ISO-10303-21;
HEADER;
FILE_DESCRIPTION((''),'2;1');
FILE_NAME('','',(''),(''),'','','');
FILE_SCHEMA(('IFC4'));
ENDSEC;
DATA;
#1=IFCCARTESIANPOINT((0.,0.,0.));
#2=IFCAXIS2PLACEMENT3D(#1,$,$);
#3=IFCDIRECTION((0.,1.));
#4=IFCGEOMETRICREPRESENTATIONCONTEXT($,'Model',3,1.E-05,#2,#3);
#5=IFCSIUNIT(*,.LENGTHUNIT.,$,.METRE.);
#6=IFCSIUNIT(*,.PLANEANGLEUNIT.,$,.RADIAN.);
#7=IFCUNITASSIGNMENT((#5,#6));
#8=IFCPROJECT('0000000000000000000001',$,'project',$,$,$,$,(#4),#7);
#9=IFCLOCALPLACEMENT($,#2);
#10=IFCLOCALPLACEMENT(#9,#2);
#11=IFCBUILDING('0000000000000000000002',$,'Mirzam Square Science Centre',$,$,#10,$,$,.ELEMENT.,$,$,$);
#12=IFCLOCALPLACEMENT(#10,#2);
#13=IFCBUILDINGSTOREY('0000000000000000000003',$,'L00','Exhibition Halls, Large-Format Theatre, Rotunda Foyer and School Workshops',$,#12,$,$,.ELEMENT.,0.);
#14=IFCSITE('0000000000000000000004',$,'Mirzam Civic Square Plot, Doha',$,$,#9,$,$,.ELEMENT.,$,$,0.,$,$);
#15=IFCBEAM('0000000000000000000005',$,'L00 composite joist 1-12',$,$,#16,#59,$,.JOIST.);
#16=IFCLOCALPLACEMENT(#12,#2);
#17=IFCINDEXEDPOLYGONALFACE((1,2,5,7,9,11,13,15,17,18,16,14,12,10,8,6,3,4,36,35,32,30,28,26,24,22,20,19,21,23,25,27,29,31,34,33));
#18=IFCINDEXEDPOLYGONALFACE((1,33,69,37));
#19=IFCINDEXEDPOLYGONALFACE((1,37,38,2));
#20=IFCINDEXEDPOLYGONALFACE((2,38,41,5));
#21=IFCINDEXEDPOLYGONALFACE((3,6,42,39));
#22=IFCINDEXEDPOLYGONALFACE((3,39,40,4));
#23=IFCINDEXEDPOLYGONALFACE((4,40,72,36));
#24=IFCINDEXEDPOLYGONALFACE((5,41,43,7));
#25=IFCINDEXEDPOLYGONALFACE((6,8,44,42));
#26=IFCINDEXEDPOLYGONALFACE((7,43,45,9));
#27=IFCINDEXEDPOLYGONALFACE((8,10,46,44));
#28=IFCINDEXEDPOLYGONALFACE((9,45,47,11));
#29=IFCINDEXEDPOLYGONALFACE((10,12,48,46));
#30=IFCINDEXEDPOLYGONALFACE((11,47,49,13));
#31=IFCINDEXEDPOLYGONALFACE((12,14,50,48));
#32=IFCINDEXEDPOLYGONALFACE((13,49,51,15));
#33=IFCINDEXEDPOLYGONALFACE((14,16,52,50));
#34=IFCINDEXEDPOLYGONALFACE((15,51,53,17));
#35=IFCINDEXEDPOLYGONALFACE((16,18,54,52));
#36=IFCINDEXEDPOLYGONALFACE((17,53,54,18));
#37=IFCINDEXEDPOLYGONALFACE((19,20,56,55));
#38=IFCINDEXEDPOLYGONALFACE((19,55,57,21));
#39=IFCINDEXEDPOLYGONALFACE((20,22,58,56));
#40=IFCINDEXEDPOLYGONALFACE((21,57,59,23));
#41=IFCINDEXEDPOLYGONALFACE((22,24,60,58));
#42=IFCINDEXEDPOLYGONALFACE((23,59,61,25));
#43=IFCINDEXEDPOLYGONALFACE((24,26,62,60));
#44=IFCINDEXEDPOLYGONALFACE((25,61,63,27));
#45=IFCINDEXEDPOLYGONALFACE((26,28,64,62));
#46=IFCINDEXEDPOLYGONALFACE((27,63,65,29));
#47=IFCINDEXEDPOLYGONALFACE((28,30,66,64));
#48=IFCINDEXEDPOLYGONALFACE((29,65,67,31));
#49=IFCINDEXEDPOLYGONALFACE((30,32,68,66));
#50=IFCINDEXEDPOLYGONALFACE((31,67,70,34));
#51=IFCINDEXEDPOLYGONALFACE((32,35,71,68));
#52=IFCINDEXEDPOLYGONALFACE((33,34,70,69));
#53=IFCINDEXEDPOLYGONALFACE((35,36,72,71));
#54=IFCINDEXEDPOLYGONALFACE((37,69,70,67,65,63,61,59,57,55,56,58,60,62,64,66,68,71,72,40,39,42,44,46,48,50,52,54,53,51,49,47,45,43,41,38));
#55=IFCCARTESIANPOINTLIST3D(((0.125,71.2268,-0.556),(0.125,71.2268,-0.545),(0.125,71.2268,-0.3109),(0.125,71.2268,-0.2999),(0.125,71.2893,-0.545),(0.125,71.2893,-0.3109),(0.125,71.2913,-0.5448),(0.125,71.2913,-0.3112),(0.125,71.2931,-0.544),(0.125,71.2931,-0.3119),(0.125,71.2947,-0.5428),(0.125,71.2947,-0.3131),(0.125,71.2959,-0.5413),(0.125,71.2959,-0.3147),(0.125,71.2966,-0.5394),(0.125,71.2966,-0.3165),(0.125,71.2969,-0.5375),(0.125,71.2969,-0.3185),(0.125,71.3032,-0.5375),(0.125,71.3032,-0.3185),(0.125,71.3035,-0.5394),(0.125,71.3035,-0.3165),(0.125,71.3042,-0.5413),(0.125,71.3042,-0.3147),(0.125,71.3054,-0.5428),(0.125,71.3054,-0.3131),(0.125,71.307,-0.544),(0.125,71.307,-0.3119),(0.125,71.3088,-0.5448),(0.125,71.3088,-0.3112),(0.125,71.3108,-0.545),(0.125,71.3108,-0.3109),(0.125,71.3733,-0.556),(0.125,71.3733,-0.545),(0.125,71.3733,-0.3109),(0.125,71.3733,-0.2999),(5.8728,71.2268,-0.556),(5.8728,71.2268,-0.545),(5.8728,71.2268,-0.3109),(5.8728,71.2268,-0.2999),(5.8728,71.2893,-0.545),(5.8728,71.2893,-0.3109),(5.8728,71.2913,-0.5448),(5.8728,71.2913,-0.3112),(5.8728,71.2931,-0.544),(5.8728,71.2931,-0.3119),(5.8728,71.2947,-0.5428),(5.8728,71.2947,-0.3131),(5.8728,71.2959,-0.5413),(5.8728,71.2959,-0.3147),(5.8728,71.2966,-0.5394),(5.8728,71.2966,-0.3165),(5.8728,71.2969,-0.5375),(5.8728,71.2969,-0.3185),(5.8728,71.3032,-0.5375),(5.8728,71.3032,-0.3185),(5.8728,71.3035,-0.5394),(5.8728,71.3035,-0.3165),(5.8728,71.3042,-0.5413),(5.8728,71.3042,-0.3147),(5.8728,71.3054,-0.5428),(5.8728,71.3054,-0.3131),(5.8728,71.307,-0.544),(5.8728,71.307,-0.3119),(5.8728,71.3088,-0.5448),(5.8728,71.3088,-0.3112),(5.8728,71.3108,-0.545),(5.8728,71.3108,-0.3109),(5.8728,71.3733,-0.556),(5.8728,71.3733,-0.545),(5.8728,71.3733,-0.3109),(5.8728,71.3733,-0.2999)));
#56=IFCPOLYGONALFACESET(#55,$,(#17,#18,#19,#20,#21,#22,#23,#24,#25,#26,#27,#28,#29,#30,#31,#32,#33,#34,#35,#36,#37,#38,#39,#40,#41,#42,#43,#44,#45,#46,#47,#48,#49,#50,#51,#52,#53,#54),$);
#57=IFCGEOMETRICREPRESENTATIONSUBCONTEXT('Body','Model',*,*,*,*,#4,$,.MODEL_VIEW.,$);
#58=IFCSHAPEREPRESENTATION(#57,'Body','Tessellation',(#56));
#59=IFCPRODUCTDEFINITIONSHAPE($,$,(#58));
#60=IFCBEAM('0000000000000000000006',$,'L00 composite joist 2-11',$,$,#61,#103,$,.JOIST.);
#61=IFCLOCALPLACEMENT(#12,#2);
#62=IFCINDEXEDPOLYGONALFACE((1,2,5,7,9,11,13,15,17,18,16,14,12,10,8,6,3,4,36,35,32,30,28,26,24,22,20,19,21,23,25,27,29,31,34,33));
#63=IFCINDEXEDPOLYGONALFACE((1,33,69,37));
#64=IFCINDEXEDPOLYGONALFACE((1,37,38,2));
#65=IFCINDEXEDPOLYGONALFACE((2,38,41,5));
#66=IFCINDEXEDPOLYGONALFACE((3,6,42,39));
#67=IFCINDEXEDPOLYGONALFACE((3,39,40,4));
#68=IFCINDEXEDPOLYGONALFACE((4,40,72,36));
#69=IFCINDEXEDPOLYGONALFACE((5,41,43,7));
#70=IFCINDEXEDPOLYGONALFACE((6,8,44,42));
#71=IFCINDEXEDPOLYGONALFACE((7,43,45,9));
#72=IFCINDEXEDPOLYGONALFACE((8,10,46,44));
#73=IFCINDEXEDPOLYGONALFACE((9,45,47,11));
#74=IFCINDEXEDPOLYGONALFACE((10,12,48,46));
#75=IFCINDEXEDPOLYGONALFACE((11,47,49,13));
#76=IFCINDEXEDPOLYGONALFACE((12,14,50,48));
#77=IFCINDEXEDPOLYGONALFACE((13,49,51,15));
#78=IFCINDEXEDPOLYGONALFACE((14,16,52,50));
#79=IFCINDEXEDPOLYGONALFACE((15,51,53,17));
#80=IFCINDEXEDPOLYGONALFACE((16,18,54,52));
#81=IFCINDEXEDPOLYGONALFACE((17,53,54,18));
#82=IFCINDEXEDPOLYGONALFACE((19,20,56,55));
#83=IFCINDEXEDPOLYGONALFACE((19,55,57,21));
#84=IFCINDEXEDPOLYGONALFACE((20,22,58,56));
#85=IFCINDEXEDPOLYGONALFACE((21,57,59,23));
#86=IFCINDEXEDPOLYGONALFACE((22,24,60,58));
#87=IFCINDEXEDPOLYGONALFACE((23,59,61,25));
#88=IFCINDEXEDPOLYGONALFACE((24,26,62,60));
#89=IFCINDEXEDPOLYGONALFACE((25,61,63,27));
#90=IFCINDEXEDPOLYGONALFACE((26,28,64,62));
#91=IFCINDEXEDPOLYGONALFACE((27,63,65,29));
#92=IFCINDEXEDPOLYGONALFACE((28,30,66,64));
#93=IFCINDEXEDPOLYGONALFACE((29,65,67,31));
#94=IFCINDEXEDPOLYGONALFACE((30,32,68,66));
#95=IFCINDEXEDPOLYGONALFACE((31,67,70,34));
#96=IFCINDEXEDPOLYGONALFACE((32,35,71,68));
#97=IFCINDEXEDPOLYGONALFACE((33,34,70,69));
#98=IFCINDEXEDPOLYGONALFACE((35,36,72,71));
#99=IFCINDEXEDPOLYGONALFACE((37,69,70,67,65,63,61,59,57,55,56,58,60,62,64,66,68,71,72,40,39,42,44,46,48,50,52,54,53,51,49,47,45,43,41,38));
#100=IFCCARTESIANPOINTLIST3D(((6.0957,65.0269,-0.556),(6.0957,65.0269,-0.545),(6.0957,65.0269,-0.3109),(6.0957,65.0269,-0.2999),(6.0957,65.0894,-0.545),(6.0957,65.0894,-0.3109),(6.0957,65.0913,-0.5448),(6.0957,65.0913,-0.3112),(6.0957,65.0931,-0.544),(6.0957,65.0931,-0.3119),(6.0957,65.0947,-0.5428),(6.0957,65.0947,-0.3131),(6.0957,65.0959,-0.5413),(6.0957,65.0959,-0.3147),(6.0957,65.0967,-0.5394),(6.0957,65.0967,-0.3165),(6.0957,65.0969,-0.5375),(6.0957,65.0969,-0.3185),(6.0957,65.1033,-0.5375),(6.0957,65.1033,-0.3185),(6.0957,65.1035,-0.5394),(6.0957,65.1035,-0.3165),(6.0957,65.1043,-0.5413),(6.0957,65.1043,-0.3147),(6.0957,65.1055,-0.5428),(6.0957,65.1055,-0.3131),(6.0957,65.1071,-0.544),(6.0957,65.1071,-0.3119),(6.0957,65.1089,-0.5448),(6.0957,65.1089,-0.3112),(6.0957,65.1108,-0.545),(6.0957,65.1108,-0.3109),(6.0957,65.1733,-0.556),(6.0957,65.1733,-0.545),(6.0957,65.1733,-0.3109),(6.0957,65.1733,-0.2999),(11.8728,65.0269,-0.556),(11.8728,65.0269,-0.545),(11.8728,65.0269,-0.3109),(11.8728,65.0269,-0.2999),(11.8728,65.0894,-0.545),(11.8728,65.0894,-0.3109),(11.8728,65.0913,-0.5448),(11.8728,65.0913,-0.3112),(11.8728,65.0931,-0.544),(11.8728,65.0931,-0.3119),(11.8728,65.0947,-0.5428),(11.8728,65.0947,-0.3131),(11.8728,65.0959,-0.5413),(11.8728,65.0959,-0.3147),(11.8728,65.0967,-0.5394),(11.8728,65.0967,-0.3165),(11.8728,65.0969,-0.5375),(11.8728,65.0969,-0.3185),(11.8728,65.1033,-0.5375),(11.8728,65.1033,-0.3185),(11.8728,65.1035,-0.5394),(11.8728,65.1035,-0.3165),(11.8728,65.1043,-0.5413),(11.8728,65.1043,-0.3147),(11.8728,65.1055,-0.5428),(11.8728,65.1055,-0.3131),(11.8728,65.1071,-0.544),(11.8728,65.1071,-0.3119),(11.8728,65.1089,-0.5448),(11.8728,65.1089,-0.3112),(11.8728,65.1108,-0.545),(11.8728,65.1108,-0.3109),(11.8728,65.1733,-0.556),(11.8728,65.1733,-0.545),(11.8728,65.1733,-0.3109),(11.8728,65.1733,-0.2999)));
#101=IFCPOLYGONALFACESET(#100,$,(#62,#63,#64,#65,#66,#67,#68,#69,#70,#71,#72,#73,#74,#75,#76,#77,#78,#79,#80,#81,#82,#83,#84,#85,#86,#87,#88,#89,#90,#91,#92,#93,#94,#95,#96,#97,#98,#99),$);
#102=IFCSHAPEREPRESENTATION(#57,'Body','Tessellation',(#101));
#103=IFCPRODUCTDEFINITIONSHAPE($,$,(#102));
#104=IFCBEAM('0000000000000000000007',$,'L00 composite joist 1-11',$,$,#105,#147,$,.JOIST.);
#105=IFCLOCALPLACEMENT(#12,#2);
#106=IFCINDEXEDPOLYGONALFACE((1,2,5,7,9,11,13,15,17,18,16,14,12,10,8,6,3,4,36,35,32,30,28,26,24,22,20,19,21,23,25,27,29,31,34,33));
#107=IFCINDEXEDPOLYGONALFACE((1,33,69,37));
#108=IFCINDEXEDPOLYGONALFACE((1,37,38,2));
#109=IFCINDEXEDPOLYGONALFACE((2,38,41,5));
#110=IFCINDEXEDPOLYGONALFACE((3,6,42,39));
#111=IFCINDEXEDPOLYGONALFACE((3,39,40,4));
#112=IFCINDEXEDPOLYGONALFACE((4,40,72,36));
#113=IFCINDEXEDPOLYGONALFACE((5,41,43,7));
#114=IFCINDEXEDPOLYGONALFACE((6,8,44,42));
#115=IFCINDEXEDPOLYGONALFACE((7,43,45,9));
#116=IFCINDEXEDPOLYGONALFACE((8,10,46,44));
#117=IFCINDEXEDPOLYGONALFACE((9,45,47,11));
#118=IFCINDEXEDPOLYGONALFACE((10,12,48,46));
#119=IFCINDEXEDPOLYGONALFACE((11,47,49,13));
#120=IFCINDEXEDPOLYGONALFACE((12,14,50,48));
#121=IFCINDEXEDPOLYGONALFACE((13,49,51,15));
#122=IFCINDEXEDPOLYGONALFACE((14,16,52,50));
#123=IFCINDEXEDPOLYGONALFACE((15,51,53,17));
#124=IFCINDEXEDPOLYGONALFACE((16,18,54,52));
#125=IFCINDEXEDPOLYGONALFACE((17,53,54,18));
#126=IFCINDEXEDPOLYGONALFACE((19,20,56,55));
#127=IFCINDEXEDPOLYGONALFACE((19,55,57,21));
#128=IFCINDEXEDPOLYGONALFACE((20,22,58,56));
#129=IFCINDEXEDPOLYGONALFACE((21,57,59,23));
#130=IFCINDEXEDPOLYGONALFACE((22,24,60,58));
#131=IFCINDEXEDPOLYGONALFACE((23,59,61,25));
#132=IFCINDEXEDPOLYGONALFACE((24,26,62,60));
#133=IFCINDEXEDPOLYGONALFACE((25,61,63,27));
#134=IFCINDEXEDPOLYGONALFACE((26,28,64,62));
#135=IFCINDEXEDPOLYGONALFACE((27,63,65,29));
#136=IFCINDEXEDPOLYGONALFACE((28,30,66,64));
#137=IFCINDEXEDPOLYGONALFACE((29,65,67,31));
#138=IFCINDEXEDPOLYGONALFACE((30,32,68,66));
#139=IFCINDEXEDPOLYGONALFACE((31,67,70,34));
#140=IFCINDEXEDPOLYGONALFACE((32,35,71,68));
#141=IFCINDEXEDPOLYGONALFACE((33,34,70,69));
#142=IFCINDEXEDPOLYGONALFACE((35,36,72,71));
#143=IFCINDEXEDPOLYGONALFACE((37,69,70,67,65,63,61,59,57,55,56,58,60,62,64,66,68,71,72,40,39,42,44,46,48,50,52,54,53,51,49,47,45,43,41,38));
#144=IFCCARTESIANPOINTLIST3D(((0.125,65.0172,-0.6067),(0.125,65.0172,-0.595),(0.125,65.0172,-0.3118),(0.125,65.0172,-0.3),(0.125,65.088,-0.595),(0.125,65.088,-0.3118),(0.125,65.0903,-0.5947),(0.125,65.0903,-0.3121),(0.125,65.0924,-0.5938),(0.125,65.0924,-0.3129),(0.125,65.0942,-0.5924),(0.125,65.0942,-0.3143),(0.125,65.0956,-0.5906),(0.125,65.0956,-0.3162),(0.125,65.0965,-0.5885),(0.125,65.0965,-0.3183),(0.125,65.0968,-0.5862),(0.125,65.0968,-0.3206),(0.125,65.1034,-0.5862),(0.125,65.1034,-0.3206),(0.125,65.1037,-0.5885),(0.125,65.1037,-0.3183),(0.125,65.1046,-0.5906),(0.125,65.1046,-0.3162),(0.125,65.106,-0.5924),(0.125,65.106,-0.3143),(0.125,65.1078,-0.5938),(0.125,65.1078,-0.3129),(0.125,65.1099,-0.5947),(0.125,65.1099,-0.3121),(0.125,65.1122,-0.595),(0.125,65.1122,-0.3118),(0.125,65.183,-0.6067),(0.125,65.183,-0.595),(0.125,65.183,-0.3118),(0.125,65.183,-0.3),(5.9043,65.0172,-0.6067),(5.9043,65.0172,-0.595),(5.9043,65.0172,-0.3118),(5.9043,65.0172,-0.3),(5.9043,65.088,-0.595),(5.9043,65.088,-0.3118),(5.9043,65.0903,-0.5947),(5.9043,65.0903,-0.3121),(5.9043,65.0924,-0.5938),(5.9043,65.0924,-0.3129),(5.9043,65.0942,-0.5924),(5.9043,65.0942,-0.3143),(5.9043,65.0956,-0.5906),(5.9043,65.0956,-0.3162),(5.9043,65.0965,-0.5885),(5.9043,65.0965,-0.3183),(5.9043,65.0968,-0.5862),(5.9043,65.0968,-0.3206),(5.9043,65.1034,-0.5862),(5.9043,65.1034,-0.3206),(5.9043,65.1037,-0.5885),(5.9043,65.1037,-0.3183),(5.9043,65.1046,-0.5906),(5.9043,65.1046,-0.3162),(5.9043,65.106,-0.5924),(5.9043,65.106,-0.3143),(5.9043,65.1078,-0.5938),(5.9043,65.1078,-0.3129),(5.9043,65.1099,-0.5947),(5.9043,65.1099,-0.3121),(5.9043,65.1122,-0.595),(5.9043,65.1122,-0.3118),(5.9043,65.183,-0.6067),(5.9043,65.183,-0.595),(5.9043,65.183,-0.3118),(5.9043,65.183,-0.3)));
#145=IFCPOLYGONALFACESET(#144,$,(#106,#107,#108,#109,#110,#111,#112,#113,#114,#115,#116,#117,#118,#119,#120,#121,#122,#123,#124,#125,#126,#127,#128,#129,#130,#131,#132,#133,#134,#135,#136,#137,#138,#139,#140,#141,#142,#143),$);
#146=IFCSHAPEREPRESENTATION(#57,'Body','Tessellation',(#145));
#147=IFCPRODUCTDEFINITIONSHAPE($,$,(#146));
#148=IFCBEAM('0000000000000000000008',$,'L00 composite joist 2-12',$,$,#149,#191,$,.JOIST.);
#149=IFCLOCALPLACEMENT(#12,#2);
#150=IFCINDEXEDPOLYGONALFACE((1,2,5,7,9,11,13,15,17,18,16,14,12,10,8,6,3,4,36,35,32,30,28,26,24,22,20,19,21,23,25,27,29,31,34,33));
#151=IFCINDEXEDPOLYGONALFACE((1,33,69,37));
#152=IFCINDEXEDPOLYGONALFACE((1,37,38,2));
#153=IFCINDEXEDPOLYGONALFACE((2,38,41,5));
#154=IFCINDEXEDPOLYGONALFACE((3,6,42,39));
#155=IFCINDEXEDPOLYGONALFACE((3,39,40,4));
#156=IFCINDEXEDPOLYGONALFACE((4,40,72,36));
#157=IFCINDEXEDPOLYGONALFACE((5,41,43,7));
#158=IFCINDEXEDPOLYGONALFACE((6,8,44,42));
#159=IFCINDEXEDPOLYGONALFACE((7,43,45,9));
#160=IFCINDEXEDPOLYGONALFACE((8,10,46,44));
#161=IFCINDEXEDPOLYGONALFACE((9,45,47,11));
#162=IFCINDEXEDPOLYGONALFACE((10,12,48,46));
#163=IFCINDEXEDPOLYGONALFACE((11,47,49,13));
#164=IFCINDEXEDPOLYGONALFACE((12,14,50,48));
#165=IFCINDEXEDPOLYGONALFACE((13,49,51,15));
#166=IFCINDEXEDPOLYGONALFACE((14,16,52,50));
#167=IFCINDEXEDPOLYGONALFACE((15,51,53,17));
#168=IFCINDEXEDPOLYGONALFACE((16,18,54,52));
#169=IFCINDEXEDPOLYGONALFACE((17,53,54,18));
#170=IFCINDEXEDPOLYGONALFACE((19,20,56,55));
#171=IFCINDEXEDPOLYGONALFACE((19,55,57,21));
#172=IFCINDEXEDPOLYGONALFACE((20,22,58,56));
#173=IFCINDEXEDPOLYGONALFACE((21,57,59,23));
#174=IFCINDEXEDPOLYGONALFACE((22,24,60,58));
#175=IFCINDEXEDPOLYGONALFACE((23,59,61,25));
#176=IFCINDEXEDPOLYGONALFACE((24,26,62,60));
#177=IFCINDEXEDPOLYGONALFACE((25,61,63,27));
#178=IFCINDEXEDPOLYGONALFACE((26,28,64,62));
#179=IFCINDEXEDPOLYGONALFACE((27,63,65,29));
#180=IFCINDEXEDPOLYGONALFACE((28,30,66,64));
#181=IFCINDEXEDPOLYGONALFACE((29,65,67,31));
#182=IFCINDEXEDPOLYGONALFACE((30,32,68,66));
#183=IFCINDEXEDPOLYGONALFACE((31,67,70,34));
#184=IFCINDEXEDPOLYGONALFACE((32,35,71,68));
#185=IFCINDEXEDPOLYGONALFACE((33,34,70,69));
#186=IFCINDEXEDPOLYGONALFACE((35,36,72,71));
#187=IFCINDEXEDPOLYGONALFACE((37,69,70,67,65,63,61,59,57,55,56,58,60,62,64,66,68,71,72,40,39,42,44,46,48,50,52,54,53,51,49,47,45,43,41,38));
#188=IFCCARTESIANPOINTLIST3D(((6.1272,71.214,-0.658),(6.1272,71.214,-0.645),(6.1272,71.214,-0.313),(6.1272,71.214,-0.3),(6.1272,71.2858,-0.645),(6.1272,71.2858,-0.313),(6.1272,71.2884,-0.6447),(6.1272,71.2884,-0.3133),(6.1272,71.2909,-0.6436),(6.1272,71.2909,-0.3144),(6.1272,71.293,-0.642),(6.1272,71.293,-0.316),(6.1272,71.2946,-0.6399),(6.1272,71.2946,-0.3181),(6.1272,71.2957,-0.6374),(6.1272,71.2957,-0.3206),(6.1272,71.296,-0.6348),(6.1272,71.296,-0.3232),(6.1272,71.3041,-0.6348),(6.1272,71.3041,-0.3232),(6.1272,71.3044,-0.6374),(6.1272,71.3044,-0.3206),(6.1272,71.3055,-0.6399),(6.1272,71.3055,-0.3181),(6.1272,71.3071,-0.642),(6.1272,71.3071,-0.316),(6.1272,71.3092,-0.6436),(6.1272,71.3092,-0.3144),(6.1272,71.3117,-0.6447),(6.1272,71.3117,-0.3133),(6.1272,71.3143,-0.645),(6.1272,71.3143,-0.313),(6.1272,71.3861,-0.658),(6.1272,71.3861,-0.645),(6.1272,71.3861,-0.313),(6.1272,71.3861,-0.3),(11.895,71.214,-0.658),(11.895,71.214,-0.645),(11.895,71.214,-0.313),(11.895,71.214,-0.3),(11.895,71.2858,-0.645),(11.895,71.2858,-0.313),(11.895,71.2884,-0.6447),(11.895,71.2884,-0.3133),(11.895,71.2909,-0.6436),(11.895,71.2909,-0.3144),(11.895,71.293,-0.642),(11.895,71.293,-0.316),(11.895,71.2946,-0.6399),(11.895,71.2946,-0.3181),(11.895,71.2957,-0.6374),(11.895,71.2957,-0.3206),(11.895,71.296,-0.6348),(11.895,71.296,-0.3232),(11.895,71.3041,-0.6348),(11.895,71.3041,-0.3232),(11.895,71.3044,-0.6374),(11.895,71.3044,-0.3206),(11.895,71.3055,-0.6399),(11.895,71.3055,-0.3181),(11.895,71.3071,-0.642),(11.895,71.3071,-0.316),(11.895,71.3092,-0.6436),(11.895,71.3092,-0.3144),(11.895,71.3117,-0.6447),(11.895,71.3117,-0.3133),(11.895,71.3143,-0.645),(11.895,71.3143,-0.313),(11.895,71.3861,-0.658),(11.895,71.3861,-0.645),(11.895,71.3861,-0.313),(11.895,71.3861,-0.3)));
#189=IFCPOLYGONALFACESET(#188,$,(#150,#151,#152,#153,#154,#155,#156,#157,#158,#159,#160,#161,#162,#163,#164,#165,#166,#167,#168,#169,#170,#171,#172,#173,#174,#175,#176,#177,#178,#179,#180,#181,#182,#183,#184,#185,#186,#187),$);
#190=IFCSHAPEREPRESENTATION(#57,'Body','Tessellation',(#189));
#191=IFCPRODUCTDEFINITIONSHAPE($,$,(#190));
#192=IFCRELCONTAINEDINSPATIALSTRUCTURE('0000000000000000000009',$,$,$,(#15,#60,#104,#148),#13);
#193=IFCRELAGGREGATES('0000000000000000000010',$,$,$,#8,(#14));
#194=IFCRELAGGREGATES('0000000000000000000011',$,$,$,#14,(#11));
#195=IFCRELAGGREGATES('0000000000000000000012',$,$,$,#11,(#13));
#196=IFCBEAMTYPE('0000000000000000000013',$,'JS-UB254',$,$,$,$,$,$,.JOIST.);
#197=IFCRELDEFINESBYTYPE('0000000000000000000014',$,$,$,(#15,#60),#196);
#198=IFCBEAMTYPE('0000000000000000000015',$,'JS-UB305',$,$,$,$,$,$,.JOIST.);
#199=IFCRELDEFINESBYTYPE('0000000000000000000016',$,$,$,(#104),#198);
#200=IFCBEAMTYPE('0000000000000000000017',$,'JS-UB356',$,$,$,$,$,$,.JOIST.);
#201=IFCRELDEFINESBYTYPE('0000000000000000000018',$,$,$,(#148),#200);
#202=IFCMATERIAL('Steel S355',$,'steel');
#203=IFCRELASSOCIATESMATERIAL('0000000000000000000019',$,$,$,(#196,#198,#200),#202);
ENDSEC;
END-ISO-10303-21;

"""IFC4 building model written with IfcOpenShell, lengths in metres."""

from ifc_helpers import new_model, si_unit, direction, frame, origin, origin_2d, place, context, subcontext, project, spatial, i_section, extrude, material, material_profile, profile_set, type_object, element, save


model = new_model("IFC4")

# Units and contexts
model_context = context("Model", 3, precision=1e-05, world=origin(), true_north=direction((0.0, 1.0)))
body_context = subcontext(model_context, "Body", "Model", "MODEL_VIEW")
ifc_project = project(units=[si_unit("LENGTHUNIT", "METRE"), si_unit("PLANEANGLEUNIT", "RADIAN")], contexts=[model_context])

# Site, building, storey
site_placement = place(None, origin())
site = spatial("IfcSite", under=ifc_project, at=site_placement, Name="Mirzam Civic Square Plot, Doha", CompositionType="ELEMENT", RefElevation=0.0)
building_placement = place(site_placement, origin())
building = spatial("IfcBuilding", under=site, at=building_placement, Name="Mirzam Square Science Centre", CompositionType="ELEMENT")
storey_placement = place(building_placement, origin())
storey = spatial("IfcBuildingStorey", under=building, at=storey_placement, Name="L00", Description="Exhibition Halls, Large-Format Theatre, Rotunda Foyer and School Workshops", CompositionType="ELEMENT", Elevation=0.0)

# Shared definitions
ifc_material_1 = material(Name="Steel S355", Category="steel")

# Beams
ifc_material_profile_1 = material_profile(ifc_material_1, i_section(OverallWidth=0.1465, OverallDepth=0.2561, WebThickness=0.0063, FlangeThickness=0.011, FilletRadius=0.0076, at=origin_2d()), Name="254x146x37UB")
ifc_profile_set_1 = profile_set([ifc_material_profile_1], Name="Steel S355")
beam_type_1 = type_object("IfcBeamType", Name="JS-UB254", PredefinedType="JOIST", material=ifc_profile_set_1)
beam_1_placement = place(storey_placement, frame((0.125, 71.3, -0.428), z_axis=(1.0, 0.0, 0.0), x_axis=(0.0, 1.0, 0.0)))
element("IfcBeam", 1, at=beam_1_placement, inside=storey, type_object=beam_type_1, Name="L00 composite joist 1-12", PredefinedType="JOIST", context=body_context, shape_type="SweptSolid", body=[
    extrude(i_section(OverallWidth=0.1465, OverallDepth=0.2561, WebThickness=0.0063, FlangeThickness=0.011, FilletRadius=0.0076, at=origin_2d()), origin(), (0.0, 0.0, 1.0), 5.7478),
])
beam_2_placement = place(storey_placement, frame((6.0957, 65.1001, -0.428), z_axis=(1.0, 0.0, 0.0), x_axis=(0.0, 1.0, 0.0)))
element("IfcBeam", 2, at=beam_2_placement, inside=storey, type_object=beam_type_1, Name="L00 composite joist 2-11", PredefinedType="JOIST", context=body_context, shape_type="SweptSolid", body=[
    extrude(i_section(OverallWidth=0.1465, OverallDepth=0.2561, WebThickness=0.0063, FlangeThickness=0.011, FilletRadius=0.0076, at=origin_2d()), origin(), (0.0, 0.0, 1.0), 5.7771),
])
ifc_material_profile_2 = material_profile(ifc_material_1, i_section(OverallWidth=0.1658, OverallDepth=0.3066, WebThickness=0.0066, FlangeThickness=0.0117, FilletRadius=0.0088, at=origin_2d()), Name="305x165x46UB")
ifc_profile_set_2 = profile_set([ifc_material_profile_2], Name="Steel S355")
beam_type_2 = type_object("IfcBeamType", Name="JS-UB305", PredefinedType="JOIST", material=ifc_profile_set_2)
beam_3_placement = place(storey_placement, frame((0.125, 65.1001, -0.4534), z_axis=(1.0, 0.0, 0.0), x_axis=(0.0, 1.0, 0.0)))
element("IfcBeam", 3, at=beam_3_placement, inside=storey, type_object=beam_type_2, Name="L00 composite joist 1-11", PredefinedType="JOIST", context=body_context, shape_type="SweptSolid", body=[
    extrude(i_section(OverallWidth=0.1658, OverallDepth=0.3066, WebThickness=0.0066, FlangeThickness=0.0117, FilletRadius=0.0088, at=origin_2d()), origin(), (0.0, 0.0, 1.0), 5.7793),
])
ifc_material_profile_3 = material_profile(ifc_material_1, i_section(OverallWidth=0.1721, OverallDepth=0.3579, WebThickness=0.0081, FlangeThickness=0.0129, FilletRadius=0.0103, at=origin_2d()), Name="356x171x57UB")
ifc_profile_set_3 = profile_set([ifc_material_profile_3], Name="Steel S355")
beam_type_3 = type_object("IfcBeamType", Name="JS-UB356", PredefinedType="JOIST", material=ifc_profile_set_3)
for number, where, z_axis, x_axis, name in (
    (4, (6.1272, 71.3, -0.479), (1.0, 0.0, 0.0), (0.0, 1.0, 0.0), "L00 composite joist 2-12"),
):
    element("IfcBeam", number, at=place(storey_placement, frame(where, z_axis=z_axis, x_axis=x_axis)), inside=storey, type_object=beam_type_3, Name=name, PredefinedType="JOIST", context=body_context, shape_type="SweptSolid", body=[
        extrude(i_section(OverallWidth=0.1721, OverallDepth=0.3579, WebThickness=0.0081, FlangeThickness=0.0129, FilletRadius=0.0103, at=origin_2d()), origin(), (0.0, 0.0, 1.0), 5.7678),
    ])

save(model, "model.ifc")
